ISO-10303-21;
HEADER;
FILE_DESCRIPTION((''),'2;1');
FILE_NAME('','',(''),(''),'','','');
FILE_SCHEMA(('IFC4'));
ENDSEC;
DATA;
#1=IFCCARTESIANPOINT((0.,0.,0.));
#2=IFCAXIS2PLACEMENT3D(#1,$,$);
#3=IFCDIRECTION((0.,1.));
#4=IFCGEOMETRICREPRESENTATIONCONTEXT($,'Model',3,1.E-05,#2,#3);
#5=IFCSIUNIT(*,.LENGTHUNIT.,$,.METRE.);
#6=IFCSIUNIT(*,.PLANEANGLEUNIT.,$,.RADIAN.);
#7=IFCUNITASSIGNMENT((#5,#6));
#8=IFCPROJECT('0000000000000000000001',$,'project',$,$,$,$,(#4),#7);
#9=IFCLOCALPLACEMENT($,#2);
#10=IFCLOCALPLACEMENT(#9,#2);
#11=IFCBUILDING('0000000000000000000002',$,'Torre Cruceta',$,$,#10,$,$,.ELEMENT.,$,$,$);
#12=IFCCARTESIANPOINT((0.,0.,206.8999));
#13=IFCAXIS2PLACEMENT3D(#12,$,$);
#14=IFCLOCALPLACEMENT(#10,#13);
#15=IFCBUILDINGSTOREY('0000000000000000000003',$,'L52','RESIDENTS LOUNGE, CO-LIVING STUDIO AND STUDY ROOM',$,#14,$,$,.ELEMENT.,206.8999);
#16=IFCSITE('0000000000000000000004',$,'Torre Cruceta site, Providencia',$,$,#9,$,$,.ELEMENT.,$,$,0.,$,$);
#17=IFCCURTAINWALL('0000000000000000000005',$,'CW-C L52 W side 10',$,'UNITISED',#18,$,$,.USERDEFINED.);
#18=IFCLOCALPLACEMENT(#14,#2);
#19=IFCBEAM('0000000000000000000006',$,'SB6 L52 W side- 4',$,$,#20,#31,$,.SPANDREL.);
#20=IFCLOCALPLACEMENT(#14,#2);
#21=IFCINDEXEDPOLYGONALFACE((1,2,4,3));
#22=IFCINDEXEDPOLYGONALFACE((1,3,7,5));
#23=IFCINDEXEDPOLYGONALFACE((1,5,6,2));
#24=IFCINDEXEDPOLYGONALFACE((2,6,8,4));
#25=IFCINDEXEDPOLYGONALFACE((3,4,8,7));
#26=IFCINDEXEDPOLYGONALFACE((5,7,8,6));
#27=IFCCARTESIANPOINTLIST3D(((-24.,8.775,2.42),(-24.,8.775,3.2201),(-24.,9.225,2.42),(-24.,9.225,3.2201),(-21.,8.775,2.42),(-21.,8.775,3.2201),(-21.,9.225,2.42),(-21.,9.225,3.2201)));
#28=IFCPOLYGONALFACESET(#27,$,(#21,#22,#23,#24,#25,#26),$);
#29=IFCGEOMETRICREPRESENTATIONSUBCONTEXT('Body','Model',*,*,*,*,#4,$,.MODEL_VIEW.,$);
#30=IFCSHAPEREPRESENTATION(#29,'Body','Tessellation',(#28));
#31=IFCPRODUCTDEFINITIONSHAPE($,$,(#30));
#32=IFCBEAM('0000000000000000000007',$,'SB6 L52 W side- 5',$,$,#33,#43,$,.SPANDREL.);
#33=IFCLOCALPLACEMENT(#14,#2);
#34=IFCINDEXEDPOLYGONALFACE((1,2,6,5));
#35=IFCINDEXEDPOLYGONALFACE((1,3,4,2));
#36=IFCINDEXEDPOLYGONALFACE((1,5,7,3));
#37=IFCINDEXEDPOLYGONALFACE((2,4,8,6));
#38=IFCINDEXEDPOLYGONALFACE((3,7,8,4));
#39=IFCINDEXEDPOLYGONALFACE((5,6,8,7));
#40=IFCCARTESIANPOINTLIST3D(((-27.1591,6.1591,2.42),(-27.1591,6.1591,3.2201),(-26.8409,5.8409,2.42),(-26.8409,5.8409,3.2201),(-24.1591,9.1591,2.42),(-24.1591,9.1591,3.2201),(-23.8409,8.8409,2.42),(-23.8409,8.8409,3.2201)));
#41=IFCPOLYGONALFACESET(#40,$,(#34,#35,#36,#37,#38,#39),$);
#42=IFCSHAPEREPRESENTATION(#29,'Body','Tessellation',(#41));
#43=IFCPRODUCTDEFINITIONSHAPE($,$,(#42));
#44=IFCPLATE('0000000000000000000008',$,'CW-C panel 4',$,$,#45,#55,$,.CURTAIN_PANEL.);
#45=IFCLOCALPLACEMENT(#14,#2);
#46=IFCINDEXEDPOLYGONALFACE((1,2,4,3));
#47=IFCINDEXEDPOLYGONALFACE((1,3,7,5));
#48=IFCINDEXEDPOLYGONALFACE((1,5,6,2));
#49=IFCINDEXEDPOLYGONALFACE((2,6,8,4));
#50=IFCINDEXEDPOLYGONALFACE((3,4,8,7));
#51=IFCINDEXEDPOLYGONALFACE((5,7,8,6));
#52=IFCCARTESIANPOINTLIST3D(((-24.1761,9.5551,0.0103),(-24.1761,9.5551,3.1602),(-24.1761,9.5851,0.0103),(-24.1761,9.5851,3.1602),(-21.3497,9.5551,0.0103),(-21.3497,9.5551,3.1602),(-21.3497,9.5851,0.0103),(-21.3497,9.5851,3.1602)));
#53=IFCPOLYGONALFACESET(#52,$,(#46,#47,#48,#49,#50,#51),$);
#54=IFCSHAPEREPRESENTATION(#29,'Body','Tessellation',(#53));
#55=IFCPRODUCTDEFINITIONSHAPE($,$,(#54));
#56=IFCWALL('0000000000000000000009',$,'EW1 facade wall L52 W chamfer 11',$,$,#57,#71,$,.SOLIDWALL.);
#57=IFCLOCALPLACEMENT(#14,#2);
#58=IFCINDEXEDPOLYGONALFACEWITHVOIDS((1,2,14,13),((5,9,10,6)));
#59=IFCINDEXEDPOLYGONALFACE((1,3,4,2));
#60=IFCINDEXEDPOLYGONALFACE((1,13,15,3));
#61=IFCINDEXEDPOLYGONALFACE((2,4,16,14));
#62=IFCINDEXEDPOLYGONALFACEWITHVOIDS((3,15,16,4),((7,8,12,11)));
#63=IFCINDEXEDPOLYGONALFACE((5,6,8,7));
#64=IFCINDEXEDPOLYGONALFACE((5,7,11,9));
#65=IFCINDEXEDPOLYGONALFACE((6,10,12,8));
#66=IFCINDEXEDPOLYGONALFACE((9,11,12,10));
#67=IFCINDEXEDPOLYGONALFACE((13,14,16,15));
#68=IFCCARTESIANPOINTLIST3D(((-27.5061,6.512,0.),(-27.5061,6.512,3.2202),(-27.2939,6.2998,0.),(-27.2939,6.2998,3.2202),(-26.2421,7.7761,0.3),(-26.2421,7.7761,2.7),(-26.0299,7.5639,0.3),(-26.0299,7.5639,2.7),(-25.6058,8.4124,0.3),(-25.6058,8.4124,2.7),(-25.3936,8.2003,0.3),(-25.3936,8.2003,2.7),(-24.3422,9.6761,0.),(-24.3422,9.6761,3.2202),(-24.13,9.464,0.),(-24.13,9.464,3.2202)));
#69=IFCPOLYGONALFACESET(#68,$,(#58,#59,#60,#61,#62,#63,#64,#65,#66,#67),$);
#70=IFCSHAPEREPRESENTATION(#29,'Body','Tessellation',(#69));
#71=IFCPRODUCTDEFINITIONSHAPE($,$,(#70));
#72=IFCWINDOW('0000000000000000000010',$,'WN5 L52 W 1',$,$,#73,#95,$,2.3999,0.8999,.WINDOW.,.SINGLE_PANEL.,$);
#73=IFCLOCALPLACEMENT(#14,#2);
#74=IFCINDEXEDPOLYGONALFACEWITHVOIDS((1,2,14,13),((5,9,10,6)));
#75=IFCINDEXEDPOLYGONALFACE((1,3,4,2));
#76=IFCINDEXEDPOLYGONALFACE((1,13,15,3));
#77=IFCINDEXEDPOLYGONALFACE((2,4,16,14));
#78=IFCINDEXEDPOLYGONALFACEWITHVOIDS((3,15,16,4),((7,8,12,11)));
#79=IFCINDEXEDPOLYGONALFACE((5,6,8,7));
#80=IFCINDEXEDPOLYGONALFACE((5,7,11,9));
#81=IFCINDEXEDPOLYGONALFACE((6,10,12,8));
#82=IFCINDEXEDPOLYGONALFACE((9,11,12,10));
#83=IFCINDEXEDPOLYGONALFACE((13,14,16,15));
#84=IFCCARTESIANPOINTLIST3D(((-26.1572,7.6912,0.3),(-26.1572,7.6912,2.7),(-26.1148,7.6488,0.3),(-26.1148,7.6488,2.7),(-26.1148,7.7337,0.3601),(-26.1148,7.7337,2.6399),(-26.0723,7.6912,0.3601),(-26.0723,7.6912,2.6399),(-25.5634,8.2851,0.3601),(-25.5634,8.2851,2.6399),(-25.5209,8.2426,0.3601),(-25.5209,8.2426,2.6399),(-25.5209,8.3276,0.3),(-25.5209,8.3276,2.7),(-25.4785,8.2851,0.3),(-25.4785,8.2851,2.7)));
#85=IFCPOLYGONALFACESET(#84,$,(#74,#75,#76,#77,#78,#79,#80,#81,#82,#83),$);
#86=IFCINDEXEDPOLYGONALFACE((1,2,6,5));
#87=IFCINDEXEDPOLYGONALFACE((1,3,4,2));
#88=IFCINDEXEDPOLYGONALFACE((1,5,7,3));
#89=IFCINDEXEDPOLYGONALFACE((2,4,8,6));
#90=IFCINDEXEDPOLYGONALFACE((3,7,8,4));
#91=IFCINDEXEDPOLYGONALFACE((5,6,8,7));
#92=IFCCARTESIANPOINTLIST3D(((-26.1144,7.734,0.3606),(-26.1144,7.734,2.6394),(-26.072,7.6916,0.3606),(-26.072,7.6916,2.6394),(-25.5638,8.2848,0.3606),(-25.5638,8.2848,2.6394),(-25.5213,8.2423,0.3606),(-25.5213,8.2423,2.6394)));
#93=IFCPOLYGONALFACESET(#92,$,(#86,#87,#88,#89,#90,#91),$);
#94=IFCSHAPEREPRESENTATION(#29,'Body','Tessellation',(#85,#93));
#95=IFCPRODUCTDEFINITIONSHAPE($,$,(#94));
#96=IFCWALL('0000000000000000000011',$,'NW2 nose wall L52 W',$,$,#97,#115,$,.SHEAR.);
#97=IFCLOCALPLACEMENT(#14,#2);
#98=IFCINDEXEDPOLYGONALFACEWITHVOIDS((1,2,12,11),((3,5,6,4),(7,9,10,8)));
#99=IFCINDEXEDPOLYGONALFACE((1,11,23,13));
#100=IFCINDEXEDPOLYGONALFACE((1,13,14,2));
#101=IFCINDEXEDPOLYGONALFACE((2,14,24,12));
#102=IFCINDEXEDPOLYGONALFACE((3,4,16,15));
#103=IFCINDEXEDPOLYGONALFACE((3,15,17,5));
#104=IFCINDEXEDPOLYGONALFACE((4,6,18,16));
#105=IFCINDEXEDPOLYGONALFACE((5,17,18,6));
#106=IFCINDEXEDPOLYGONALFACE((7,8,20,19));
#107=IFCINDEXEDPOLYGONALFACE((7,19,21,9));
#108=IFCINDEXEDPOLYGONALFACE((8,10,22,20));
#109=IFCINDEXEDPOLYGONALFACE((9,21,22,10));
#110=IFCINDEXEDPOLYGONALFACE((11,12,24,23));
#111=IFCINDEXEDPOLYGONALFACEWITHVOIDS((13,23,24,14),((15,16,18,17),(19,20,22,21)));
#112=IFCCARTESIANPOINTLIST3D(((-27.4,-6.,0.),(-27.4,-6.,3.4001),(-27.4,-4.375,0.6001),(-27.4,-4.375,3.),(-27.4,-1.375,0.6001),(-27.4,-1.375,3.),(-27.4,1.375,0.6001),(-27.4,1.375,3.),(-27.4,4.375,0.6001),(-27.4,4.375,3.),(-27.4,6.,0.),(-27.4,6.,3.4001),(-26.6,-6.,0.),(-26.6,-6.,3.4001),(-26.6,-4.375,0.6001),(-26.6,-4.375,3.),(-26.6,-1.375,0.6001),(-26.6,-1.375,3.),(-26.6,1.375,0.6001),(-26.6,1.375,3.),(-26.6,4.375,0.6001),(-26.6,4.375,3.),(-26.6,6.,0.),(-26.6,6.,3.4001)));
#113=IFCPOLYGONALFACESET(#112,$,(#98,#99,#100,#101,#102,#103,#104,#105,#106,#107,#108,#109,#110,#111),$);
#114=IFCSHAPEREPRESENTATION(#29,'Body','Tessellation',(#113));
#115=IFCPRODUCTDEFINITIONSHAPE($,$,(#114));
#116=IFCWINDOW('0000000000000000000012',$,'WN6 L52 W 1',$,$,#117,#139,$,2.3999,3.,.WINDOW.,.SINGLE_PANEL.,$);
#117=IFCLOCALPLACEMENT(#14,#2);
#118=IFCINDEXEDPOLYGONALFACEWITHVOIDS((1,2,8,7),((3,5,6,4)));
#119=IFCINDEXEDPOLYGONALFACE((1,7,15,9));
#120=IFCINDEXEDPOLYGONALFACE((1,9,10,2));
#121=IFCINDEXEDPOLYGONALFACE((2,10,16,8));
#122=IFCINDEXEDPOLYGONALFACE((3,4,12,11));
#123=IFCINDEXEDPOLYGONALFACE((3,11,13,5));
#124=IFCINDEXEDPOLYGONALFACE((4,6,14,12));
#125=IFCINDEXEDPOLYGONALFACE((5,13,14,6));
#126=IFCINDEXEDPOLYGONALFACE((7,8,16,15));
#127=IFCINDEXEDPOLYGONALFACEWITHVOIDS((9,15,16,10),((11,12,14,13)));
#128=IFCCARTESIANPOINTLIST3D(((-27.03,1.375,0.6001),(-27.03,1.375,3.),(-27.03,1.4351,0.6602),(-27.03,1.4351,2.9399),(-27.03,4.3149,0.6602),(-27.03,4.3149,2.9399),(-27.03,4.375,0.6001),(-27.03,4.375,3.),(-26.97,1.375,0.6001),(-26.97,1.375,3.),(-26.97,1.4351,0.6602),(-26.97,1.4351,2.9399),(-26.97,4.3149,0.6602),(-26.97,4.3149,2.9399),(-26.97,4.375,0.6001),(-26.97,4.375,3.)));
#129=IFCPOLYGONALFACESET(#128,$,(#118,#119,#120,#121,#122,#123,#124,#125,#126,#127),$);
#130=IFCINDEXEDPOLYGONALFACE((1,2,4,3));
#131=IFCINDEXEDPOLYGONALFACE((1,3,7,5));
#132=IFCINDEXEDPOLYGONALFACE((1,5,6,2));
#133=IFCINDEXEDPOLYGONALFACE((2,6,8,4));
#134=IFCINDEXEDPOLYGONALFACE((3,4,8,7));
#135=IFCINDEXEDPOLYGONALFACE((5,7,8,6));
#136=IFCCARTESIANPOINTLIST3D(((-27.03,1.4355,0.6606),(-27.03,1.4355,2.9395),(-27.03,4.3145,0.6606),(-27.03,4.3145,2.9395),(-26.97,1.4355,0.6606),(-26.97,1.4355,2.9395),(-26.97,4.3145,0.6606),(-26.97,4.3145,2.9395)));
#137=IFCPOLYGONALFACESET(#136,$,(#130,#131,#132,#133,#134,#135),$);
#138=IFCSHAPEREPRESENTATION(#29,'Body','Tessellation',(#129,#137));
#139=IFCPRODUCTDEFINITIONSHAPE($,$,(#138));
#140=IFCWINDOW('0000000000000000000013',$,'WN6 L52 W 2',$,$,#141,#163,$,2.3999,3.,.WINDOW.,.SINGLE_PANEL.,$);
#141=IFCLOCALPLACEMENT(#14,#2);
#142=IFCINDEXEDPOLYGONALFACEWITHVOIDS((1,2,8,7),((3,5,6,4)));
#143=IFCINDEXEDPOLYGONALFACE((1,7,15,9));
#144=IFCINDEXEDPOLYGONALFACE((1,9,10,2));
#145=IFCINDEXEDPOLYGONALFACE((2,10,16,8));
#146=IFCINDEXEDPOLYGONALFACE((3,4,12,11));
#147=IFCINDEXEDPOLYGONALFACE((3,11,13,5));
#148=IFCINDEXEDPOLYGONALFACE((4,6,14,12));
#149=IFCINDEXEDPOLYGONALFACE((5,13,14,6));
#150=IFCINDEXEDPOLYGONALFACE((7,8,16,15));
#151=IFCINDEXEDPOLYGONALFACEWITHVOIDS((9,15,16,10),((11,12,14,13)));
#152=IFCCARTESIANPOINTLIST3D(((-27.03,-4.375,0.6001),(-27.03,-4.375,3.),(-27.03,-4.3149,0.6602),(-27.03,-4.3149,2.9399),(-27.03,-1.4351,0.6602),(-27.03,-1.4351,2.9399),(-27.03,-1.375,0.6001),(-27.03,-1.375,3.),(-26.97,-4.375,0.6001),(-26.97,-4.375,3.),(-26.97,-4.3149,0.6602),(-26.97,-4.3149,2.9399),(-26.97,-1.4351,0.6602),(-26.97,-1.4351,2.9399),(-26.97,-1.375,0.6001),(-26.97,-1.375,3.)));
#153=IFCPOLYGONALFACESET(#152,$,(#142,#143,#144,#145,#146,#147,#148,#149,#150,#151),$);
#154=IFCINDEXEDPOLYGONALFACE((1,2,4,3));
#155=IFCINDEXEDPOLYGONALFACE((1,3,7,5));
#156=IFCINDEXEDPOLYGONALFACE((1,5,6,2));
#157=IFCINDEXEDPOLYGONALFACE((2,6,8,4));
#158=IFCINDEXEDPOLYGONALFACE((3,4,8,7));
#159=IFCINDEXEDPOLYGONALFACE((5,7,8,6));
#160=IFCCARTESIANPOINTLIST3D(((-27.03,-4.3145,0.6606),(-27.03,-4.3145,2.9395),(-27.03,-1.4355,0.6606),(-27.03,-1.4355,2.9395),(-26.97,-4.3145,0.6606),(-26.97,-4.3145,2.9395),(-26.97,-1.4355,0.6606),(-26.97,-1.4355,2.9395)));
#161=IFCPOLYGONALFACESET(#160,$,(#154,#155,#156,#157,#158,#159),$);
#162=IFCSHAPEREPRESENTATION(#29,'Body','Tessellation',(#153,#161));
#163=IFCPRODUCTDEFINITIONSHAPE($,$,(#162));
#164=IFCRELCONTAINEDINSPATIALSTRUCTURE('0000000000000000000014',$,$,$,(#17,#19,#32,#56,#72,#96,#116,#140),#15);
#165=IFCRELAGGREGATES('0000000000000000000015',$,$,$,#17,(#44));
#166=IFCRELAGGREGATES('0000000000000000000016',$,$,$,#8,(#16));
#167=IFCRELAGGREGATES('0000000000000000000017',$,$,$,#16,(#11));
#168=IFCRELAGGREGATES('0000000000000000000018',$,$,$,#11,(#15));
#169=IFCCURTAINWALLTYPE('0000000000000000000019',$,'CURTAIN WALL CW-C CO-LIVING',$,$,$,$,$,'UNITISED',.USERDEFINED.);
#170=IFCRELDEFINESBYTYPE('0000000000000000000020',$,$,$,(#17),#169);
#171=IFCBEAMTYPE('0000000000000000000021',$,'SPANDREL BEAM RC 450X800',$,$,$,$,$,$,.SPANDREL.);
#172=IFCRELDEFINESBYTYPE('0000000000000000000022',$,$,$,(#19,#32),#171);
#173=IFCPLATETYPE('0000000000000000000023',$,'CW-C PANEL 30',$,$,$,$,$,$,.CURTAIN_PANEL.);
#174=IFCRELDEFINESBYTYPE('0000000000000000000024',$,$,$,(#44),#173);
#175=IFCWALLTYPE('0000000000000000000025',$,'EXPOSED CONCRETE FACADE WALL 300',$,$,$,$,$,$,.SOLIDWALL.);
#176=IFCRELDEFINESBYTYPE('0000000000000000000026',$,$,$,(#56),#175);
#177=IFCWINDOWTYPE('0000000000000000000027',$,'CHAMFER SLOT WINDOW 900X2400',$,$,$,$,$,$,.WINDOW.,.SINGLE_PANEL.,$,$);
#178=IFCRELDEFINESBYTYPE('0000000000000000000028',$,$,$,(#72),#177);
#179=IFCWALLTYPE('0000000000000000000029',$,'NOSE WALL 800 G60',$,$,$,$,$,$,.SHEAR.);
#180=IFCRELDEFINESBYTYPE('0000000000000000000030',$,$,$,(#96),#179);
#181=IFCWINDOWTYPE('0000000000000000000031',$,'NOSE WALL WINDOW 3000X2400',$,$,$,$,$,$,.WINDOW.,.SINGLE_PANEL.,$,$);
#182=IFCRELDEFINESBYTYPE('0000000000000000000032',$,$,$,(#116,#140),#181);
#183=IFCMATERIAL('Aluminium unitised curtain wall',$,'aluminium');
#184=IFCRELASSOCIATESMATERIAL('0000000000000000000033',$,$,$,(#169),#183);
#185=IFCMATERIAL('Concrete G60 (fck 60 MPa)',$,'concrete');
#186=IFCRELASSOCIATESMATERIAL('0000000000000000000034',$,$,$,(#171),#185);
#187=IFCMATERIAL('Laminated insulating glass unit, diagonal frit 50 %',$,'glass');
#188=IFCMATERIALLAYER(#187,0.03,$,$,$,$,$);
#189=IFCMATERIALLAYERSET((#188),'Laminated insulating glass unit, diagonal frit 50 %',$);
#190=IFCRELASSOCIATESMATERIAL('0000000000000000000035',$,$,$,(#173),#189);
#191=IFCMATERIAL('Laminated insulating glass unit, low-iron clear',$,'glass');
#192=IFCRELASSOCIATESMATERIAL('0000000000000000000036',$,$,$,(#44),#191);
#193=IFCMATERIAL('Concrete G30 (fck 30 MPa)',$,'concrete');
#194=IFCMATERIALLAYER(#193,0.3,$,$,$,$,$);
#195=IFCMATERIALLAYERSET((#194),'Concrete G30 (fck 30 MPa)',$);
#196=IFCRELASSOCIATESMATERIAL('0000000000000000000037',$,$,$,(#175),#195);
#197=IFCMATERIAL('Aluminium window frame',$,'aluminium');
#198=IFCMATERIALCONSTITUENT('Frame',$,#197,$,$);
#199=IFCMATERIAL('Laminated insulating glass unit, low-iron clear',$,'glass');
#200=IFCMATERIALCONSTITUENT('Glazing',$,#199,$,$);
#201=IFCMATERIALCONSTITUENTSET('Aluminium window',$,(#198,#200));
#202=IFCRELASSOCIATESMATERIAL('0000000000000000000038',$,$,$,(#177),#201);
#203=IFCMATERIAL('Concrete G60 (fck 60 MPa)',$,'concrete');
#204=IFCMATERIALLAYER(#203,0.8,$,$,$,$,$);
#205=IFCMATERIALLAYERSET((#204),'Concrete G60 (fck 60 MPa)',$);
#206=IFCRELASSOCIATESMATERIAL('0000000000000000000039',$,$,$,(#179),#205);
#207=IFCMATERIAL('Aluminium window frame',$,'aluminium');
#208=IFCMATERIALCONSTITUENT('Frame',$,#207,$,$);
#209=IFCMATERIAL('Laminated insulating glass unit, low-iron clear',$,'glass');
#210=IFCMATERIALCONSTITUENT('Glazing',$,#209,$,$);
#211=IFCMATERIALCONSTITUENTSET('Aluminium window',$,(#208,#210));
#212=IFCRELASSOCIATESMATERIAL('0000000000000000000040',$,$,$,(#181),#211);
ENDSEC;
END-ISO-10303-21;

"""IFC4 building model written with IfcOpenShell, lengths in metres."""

from ifc_helpers import new_model, si_unit, direction, frame, frame_2d, origin, origin_2d, place, context, subcontext, project, spatial, rectangle, hollow_rectangle, extrude, material, layer, layer_set, constituent, constituent_set, material_profile, profile_set, type_object, element, fill, aggregate, save


model = new_model("IFC4")

# Units and contexts
model_context = context("Model", 3, precision=1e-05, world=origin(), true_north=direction((0.0, 1.0)))
body_context = subcontext(model_context, "Body", "Model", "MODEL_VIEW")
ifc_project = project(units=[si_unit("LENGTHUNIT", "METRE"), si_unit("PLANEANGLEUNIT", "RADIAN")], contexts=[model_context])

# Site, building, storey
site_placement = place(None, origin())
site = spatial("IfcSite", under=ifc_project, at=site_placement, Name="Torre Cruceta site, Providencia", CompositionType="ELEMENT", RefElevation=0.0)
building_placement = place(site_placement, origin())
building = spatial("IfcBuilding", under=site, at=building_placement, Name="Torre Cruceta", CompositionType="ELEMENT")
storey_placement = place(building_placement, frame((0.0, 0.0, 206.8999)))
storey = spatial("IfcBuildingStorey", under=building, at=storey_placement, Name="L52", Description="RESIDENTS LOUNGE, CO-LIVING STUDIO AND STUDY ROOM", CompositionType="ELEMENT", Elevation=206.8999)

# Curtain wall
ifc_material_1 = material(Name="Aluminium unitised curtain wall", Category="aluminium")
curtain_wall_type = type_object("IfcCurtainWallType", Name="CURTAIN WALL CW-C CO-LIVING", ElementType="UNITISED", PredefinedType="USERDEFINED", material=ifc_material_1)
curtain_wall_placement = place(storey_placement, origin())
curtain_wall = element("IfcCurtainWall", 1, at=curtain_wall_placement, inside=storey, type_object=curtain_wall_type, Name="CW-C L52 W side 10", ObjectType="UNITISED", PredefinedType="USERDEFINED")

# Beams
ifc_material_2 = material(Name="Concrete G60 (fck 60 MPa)", Category="concrete")
ifc_material_profile_1 = material_profile(ifc_material_2, rectangle(XDim=0.45, YDim=0.8, at=origin_2d()), Name="RC 450X800")
ifc_profile_set_1 = profile_set([ifc_material_profile_1], Name="Concrete G60 (fck 60 MPa)")
beam_type_1 = type_object("IfcBeamType", Name="SPANDREL BEAM RC 450X800", PredefinedType="SPANDREL", material=ifc_profile_set_1)
beam_1_placement = place(storey_placement, frame((-21.0, 9.0, 2.8201), z_axis=(-1.0, 0.0, 0.0), x_axis=(0.0, -1.0, 0.0)))
element("IfcBeam", 2, at=beam_1_placement, inside=storey, type_object=beam_type_1, Name="SB6 L52 W side- 4", PredefinedType="SPANDREL", context=body_context, shape_type="SweptSolid", body=[
    extrude(rectangle(XDim=0.45, YDim=0.8, at=origin_2d()), origin(), (0.0, 0.0, 1.0), 3.0),
])
beam_2_placement = place(storey_placement, frame((-24.0, 9.0, 2.8201), z_axis=(-0.707107, -0.707107, 0.0), x_axis=(0.707107, -0.707107, 0.0)))
element("IfcBeam", 3, at=beam_2_placement, inside=storey, type_object=beam_type_1, Name="SB6 L52 W side- 5", PredefinedType="SPANDREL", context=body_context, shape_type="SweptSolid", body=[
    extrude(rectangle(XDim=0.45, YDim=0.8, at=origin_2d()), origin(), (0.0, 0.0, 1.0), 4.2427),
])

# Plate
ifc_material_3 = material(Name="Laminated insulating glass unit, low-iron clear", Category="glass")
ifc_material_4 = material(Name="Laminated insulating glass unit, diagonal frit 50 %", Category="glass")
ifc_layer_1 = layer(ifc_material_4, 0.03)
ifc_layer_set_1 = layer_set([ifc_layer_1], Name="Laminated insulating glass unit, diagonal frit 50 %")
plate_type = type_object("IfcPlateType", Name="CW-C PANEL 30", PredefinedType="CURTAIN_PANEL", material=ifc_layer_set_1)
plate_placement = place(storey_placement, frame((-22.7629, 9.5701, 0.0103), z_axis=(0.0, 0.0, 1.0), x_axis=(-1.0, 0.0, 0.0)))
plate = element("IfcPlate", 4, at=plate_placement, type_object=plate_type, material=ifc_material_3, Name="CW-C panel 4", PredefinedType="CURTAIN_PANEL", context=body_context, shape_type="SweptSolid", body=[
    extrude(rectangle(XDim=2.8264, YDim=0.03, at=origin_2d()), origin(), (0.0, 0.0, 1.0), 3.1499),
])
aggregate(curtain_wall, [plate])

# Wall, opening, window
ifc_material_5 = material(Name="Concrete G30 (fck 30 MPa)", Category="concrete")
ifc_layer_2 = layer(ifc_material_5, 0.3)
ifc_layer_set_2 = layer_set([ifc_layer_2], Name="Concrete G30 (fck 30 MPa)")
wall_type_1 = type_object("IfcWallType", Name="EXPOSED CONCRETE FACADE WALL 300", PredefinedType="SOLIDWALL", material=ifc_layer_set_2)
wall_1_placement = place(storey_placement, frame((-24.2361, 9.5701, 0.0), z_axis=(0.0, 0.0, 1.0), x_axis=(-0.707079, -0.707134, 0.0)))
wall_1 = element("IfcWall", 5, at=wall_1_placement, inside=storey, type_object=wall_type_1, Name="EW1 facade wall L52 W chamfer 11", PredefinedType="SOLIDWALL", context=body_context, shape_type="SweptSolid", body=[
    extrude(rectangle(XDim=4.4746, YDim=0.3, at=frame_2d((2.2373, 0.0))), origin(), (0.0, 0.0, 1.0), 3.2202),
])
opening_1_placement = place(wall_1_placement, frame((1.7871, 0.0, 0.3)))
opening_1 = element("IfcOpeningElement", 6, at=opening_1_placement, cuts=wall_1, PredefinedType="OPENING", context=body_context, shape_type="SweptSolid", body=[
    extrude(rectangle(XDim=0.8999, YDim=2.3999, at=frame_2d((0.45, 1.2))), frame((0.0, 0.1599, 0.0), z_axis=(0.0, -1.0, 0.0), x_axis=(1.0, 0.0, 0.0)), (0.0, 0.0, 1.0), 0.3201),
])
ifc_material_6 = material(Name="Aluminium window frame", Category="aluminium")
ifc_constituent_1 = constituent(ifc_material_6, Name="Frame")
ifc_material_7 = material(Name="Laminated insulating glass unit, low-iron clear", Category="glass")
ifc_constituent_2 = constituent(ifc_material_7, Name="Glazing")
ifc_constituent_set_1 = constituent_set(constituents=[ifc_constituent_1, ifc_constituent_2], Name="Aluminium window")
window_type_1 = type_object("IfcWindowType", Name="CHAMFER SLOT WINDOW 900X2400", PartitioningType="SINGLE_PANEL", PredefinedType="WINDOW", material=ifc_constituent_set_1)
window_1_placement = place(opening_1_placement, origin())
window_1 = element("IfcWindow", 7, at=window_1_placement, inside=storey, type_object=window_type_1, Name="WN5 L52 W 1", OverallHeight=2.3999, OverallWidth=0.8999, PartitioningType="SINGLE_PANEL", PredefinedType="WINDOW", context=body_context, shape_type="SweptSolid", body=[
    extrude(hollow_rectangle(XDim=0.8999, YDim=2.3999, WallThickness=0.0601, at=frame_2d((0.45, 1.2))), frame((0.0, 0.03, 0.0), z_axis=(0.0, -1.0, 0.0), x_axis=(1.0, 0.0, 0.0)), (0.0, 0.0, 1.0), 0.0601),
    extrude(rectangle(XDim=0.7788, YDim=2.2788, at=frame_2d((0.45, 1.2))), frame((0.0, 0.03, 0.0), z_axis=(0.0, -1.0, 0.0), x_axis=(1.0, 0.0, 0.0)), (0.0, 0.0, 1.0), 0.0601),
])
fill(opening_1, window_1)

# Wall, openings, windows
ifc_material_8 = material(Name="Concrete G60 (fck 60 MPa)", Category="concrete")
ifc_layer_3 = layer(ifc_material_8, 0.8)
ifc_layer_set_3 = layer_set([ifc_layer_3], Name="Concrete G60 (fck 60 MPa)")
wall_type_2 = type_object("IfcWallType", Name="NOSE WALL 800 G60", PredefinedType="SHEAR", material=ifc_layer_set_3)
wall_2_placement = place(storey_placement, frame((-27.0, 6.0, 0.0), z_axis=(0.0, 0.0, 1.0), x_axis=(0.0, -1.0, 0.0)))
wall_2 = element("IfcWall", 8, at=wall_2_placement, inside=storey, type_object=wall_type_2, Name="NW2 nose wall L52 W", PredefinedType="SHEAR", context=body_context, shape_type="SweptSolid", body=[
    extrude(rectangle(XDim=12.0, YDim=0.8, at=frame_2d((6.0, 0.0))), origin(), (0.0, 0.0, 1.0), 3.4001),
])
opening_2_placement = place(wall_2_placement, frame((1.625, 0.0, 0.6001)))
opening_2 = element("IfcOpeningElement", 9, at=opening_2_placement, cuts=wall_2, PredefinedType="OPENING", context=body_context, shape_type="SweptSolid", body=[
    extrude(rectangle(XDim=3.0, YDim=2.3999, at=frame_2d((1.5, 1.2))), frame((0.0, 0.4099, 0.0), z_axis=(0.0, -1.0, 0.0), x_axis=(1.0, 0.0, 0.0)), (0.0, 0.0, 1.0), 0.8201),
])
opening_3_placement = place(wall_2_placement, frame((7.375, 0.0, 0.6001)))
opening_3 = element("IfcOpeningElement", 10, at=opening_3_placement, cuts=wall_2, PredefinedType="OPENING", context=body_context, shape_type="SweptSolid", body=[
    extrude(rectangle(XDim=3.0, YDim=2.3999, at=frame_2d((1.5, 1.2))), frame((0.0, 0.4099, 0.0), z_axis=(0.0, -1.0, 0.0), x_axis=(1.0, 0.0, 0.0)), (0.0, 0.0, 1.0), 0.8201),
])
ifc_material_9 = material(Name="Aluminium window frame", Category="aluminium")
ifc_constituent_3 = constituent(ifc_material_9, Name="Frame")
ifc_material_10 = material(Name="Laminated insulating glass unit, low-iron clear", Category="glass")
ifc_constituent_4 = constituent(ifc_material_10, Name="Glazing")
ifc_constituent_set_2 = constituent_set(constituents=[ifc_constituent_3, ifc_constituent_4], Name="Aluminium window")
window_type_2 = type_object("IfcWindowType", Name="NOSE WALL WINDOW 3000X2400", PartitioningType="SINGLE_PANEL", PredefinedType="WINDOW", material=ifc_constituent_set_2)
window_2_placement = place(opening_2_placement, origin())
window_2 = element("IfcWindow", 11, at=window_2_placement, inside=storey, type_object=window_type_2, Name="WN6 L52 W 1", OverallHeight=2.3999, OverallWidth=3.0, PartitioningType="SINGLE_PANEL", PredefinedType="WINDOW", context=body_context, shape_type="SweptSolid", body=[
    extrude(hollow_rectangle(XDim=3.0, YDim=2.3999, WallThickness=0.0601, at=frame_2d((1.5, 1.2))), frame((0.0, 0.03, 0.0), z_axis=(0.0, -1.0, 0.0), x_axis=(1.0, 0.0, 0.0)), (0.0, 0.0, 1.0), 0.0601),
    extrude(rectangle(XDim=2.8789, YDim=2.2788, at=frame_2d((1.5, 1.2))), frame((0.0, 0.03, 0.0), z_axis=(0.0, -1.0, 0.0), x_axis=(1.0, 0.0, 0.0)), (0.0, 0.0, 1.0), 0.0601),
])
fill(opening_2, window_2)
window_3_placement = place(opening_3_placement, origin())
window_3 = element("IfcWindow", 12, at=window_3_placement, inside=storey, type_object=window_type_2, Name="WN6 L52 W 2", OverallHeight=2.3999, OverallWidth=3.0, PartitioningType="SINGLE_PANEL", PredefinedType="WINDOW", context=body_context, shape_type="SweptSolid", body=[
    extrude(hollow_rectangle(XDim=3.0, YDim=2.3999, WallThickness=0.0601, at=frame_2d((1.5, 1.2))), frame((0.0, 0.03, 0.0), z_axis=(0.0, -1.0, 0.0), x_axis=(1.0, 0.0, 0.0)), (0.0, 0.0, 1.0), 0.0601),
    extrude(rectangle(XDim=2.8789, YDim=2.2788, at=frame_2d((1.5, 1.2))), frame((0.0, 0.03, 0.0), z_axis=(0.0, -1.0, 0.0), x_axis=(1.0, 0.0, 0.0)), (0.0, 0.0, 1.0), 0.0601),
])
fill(opening_3, window_3)

save(model, "model.ifc")
